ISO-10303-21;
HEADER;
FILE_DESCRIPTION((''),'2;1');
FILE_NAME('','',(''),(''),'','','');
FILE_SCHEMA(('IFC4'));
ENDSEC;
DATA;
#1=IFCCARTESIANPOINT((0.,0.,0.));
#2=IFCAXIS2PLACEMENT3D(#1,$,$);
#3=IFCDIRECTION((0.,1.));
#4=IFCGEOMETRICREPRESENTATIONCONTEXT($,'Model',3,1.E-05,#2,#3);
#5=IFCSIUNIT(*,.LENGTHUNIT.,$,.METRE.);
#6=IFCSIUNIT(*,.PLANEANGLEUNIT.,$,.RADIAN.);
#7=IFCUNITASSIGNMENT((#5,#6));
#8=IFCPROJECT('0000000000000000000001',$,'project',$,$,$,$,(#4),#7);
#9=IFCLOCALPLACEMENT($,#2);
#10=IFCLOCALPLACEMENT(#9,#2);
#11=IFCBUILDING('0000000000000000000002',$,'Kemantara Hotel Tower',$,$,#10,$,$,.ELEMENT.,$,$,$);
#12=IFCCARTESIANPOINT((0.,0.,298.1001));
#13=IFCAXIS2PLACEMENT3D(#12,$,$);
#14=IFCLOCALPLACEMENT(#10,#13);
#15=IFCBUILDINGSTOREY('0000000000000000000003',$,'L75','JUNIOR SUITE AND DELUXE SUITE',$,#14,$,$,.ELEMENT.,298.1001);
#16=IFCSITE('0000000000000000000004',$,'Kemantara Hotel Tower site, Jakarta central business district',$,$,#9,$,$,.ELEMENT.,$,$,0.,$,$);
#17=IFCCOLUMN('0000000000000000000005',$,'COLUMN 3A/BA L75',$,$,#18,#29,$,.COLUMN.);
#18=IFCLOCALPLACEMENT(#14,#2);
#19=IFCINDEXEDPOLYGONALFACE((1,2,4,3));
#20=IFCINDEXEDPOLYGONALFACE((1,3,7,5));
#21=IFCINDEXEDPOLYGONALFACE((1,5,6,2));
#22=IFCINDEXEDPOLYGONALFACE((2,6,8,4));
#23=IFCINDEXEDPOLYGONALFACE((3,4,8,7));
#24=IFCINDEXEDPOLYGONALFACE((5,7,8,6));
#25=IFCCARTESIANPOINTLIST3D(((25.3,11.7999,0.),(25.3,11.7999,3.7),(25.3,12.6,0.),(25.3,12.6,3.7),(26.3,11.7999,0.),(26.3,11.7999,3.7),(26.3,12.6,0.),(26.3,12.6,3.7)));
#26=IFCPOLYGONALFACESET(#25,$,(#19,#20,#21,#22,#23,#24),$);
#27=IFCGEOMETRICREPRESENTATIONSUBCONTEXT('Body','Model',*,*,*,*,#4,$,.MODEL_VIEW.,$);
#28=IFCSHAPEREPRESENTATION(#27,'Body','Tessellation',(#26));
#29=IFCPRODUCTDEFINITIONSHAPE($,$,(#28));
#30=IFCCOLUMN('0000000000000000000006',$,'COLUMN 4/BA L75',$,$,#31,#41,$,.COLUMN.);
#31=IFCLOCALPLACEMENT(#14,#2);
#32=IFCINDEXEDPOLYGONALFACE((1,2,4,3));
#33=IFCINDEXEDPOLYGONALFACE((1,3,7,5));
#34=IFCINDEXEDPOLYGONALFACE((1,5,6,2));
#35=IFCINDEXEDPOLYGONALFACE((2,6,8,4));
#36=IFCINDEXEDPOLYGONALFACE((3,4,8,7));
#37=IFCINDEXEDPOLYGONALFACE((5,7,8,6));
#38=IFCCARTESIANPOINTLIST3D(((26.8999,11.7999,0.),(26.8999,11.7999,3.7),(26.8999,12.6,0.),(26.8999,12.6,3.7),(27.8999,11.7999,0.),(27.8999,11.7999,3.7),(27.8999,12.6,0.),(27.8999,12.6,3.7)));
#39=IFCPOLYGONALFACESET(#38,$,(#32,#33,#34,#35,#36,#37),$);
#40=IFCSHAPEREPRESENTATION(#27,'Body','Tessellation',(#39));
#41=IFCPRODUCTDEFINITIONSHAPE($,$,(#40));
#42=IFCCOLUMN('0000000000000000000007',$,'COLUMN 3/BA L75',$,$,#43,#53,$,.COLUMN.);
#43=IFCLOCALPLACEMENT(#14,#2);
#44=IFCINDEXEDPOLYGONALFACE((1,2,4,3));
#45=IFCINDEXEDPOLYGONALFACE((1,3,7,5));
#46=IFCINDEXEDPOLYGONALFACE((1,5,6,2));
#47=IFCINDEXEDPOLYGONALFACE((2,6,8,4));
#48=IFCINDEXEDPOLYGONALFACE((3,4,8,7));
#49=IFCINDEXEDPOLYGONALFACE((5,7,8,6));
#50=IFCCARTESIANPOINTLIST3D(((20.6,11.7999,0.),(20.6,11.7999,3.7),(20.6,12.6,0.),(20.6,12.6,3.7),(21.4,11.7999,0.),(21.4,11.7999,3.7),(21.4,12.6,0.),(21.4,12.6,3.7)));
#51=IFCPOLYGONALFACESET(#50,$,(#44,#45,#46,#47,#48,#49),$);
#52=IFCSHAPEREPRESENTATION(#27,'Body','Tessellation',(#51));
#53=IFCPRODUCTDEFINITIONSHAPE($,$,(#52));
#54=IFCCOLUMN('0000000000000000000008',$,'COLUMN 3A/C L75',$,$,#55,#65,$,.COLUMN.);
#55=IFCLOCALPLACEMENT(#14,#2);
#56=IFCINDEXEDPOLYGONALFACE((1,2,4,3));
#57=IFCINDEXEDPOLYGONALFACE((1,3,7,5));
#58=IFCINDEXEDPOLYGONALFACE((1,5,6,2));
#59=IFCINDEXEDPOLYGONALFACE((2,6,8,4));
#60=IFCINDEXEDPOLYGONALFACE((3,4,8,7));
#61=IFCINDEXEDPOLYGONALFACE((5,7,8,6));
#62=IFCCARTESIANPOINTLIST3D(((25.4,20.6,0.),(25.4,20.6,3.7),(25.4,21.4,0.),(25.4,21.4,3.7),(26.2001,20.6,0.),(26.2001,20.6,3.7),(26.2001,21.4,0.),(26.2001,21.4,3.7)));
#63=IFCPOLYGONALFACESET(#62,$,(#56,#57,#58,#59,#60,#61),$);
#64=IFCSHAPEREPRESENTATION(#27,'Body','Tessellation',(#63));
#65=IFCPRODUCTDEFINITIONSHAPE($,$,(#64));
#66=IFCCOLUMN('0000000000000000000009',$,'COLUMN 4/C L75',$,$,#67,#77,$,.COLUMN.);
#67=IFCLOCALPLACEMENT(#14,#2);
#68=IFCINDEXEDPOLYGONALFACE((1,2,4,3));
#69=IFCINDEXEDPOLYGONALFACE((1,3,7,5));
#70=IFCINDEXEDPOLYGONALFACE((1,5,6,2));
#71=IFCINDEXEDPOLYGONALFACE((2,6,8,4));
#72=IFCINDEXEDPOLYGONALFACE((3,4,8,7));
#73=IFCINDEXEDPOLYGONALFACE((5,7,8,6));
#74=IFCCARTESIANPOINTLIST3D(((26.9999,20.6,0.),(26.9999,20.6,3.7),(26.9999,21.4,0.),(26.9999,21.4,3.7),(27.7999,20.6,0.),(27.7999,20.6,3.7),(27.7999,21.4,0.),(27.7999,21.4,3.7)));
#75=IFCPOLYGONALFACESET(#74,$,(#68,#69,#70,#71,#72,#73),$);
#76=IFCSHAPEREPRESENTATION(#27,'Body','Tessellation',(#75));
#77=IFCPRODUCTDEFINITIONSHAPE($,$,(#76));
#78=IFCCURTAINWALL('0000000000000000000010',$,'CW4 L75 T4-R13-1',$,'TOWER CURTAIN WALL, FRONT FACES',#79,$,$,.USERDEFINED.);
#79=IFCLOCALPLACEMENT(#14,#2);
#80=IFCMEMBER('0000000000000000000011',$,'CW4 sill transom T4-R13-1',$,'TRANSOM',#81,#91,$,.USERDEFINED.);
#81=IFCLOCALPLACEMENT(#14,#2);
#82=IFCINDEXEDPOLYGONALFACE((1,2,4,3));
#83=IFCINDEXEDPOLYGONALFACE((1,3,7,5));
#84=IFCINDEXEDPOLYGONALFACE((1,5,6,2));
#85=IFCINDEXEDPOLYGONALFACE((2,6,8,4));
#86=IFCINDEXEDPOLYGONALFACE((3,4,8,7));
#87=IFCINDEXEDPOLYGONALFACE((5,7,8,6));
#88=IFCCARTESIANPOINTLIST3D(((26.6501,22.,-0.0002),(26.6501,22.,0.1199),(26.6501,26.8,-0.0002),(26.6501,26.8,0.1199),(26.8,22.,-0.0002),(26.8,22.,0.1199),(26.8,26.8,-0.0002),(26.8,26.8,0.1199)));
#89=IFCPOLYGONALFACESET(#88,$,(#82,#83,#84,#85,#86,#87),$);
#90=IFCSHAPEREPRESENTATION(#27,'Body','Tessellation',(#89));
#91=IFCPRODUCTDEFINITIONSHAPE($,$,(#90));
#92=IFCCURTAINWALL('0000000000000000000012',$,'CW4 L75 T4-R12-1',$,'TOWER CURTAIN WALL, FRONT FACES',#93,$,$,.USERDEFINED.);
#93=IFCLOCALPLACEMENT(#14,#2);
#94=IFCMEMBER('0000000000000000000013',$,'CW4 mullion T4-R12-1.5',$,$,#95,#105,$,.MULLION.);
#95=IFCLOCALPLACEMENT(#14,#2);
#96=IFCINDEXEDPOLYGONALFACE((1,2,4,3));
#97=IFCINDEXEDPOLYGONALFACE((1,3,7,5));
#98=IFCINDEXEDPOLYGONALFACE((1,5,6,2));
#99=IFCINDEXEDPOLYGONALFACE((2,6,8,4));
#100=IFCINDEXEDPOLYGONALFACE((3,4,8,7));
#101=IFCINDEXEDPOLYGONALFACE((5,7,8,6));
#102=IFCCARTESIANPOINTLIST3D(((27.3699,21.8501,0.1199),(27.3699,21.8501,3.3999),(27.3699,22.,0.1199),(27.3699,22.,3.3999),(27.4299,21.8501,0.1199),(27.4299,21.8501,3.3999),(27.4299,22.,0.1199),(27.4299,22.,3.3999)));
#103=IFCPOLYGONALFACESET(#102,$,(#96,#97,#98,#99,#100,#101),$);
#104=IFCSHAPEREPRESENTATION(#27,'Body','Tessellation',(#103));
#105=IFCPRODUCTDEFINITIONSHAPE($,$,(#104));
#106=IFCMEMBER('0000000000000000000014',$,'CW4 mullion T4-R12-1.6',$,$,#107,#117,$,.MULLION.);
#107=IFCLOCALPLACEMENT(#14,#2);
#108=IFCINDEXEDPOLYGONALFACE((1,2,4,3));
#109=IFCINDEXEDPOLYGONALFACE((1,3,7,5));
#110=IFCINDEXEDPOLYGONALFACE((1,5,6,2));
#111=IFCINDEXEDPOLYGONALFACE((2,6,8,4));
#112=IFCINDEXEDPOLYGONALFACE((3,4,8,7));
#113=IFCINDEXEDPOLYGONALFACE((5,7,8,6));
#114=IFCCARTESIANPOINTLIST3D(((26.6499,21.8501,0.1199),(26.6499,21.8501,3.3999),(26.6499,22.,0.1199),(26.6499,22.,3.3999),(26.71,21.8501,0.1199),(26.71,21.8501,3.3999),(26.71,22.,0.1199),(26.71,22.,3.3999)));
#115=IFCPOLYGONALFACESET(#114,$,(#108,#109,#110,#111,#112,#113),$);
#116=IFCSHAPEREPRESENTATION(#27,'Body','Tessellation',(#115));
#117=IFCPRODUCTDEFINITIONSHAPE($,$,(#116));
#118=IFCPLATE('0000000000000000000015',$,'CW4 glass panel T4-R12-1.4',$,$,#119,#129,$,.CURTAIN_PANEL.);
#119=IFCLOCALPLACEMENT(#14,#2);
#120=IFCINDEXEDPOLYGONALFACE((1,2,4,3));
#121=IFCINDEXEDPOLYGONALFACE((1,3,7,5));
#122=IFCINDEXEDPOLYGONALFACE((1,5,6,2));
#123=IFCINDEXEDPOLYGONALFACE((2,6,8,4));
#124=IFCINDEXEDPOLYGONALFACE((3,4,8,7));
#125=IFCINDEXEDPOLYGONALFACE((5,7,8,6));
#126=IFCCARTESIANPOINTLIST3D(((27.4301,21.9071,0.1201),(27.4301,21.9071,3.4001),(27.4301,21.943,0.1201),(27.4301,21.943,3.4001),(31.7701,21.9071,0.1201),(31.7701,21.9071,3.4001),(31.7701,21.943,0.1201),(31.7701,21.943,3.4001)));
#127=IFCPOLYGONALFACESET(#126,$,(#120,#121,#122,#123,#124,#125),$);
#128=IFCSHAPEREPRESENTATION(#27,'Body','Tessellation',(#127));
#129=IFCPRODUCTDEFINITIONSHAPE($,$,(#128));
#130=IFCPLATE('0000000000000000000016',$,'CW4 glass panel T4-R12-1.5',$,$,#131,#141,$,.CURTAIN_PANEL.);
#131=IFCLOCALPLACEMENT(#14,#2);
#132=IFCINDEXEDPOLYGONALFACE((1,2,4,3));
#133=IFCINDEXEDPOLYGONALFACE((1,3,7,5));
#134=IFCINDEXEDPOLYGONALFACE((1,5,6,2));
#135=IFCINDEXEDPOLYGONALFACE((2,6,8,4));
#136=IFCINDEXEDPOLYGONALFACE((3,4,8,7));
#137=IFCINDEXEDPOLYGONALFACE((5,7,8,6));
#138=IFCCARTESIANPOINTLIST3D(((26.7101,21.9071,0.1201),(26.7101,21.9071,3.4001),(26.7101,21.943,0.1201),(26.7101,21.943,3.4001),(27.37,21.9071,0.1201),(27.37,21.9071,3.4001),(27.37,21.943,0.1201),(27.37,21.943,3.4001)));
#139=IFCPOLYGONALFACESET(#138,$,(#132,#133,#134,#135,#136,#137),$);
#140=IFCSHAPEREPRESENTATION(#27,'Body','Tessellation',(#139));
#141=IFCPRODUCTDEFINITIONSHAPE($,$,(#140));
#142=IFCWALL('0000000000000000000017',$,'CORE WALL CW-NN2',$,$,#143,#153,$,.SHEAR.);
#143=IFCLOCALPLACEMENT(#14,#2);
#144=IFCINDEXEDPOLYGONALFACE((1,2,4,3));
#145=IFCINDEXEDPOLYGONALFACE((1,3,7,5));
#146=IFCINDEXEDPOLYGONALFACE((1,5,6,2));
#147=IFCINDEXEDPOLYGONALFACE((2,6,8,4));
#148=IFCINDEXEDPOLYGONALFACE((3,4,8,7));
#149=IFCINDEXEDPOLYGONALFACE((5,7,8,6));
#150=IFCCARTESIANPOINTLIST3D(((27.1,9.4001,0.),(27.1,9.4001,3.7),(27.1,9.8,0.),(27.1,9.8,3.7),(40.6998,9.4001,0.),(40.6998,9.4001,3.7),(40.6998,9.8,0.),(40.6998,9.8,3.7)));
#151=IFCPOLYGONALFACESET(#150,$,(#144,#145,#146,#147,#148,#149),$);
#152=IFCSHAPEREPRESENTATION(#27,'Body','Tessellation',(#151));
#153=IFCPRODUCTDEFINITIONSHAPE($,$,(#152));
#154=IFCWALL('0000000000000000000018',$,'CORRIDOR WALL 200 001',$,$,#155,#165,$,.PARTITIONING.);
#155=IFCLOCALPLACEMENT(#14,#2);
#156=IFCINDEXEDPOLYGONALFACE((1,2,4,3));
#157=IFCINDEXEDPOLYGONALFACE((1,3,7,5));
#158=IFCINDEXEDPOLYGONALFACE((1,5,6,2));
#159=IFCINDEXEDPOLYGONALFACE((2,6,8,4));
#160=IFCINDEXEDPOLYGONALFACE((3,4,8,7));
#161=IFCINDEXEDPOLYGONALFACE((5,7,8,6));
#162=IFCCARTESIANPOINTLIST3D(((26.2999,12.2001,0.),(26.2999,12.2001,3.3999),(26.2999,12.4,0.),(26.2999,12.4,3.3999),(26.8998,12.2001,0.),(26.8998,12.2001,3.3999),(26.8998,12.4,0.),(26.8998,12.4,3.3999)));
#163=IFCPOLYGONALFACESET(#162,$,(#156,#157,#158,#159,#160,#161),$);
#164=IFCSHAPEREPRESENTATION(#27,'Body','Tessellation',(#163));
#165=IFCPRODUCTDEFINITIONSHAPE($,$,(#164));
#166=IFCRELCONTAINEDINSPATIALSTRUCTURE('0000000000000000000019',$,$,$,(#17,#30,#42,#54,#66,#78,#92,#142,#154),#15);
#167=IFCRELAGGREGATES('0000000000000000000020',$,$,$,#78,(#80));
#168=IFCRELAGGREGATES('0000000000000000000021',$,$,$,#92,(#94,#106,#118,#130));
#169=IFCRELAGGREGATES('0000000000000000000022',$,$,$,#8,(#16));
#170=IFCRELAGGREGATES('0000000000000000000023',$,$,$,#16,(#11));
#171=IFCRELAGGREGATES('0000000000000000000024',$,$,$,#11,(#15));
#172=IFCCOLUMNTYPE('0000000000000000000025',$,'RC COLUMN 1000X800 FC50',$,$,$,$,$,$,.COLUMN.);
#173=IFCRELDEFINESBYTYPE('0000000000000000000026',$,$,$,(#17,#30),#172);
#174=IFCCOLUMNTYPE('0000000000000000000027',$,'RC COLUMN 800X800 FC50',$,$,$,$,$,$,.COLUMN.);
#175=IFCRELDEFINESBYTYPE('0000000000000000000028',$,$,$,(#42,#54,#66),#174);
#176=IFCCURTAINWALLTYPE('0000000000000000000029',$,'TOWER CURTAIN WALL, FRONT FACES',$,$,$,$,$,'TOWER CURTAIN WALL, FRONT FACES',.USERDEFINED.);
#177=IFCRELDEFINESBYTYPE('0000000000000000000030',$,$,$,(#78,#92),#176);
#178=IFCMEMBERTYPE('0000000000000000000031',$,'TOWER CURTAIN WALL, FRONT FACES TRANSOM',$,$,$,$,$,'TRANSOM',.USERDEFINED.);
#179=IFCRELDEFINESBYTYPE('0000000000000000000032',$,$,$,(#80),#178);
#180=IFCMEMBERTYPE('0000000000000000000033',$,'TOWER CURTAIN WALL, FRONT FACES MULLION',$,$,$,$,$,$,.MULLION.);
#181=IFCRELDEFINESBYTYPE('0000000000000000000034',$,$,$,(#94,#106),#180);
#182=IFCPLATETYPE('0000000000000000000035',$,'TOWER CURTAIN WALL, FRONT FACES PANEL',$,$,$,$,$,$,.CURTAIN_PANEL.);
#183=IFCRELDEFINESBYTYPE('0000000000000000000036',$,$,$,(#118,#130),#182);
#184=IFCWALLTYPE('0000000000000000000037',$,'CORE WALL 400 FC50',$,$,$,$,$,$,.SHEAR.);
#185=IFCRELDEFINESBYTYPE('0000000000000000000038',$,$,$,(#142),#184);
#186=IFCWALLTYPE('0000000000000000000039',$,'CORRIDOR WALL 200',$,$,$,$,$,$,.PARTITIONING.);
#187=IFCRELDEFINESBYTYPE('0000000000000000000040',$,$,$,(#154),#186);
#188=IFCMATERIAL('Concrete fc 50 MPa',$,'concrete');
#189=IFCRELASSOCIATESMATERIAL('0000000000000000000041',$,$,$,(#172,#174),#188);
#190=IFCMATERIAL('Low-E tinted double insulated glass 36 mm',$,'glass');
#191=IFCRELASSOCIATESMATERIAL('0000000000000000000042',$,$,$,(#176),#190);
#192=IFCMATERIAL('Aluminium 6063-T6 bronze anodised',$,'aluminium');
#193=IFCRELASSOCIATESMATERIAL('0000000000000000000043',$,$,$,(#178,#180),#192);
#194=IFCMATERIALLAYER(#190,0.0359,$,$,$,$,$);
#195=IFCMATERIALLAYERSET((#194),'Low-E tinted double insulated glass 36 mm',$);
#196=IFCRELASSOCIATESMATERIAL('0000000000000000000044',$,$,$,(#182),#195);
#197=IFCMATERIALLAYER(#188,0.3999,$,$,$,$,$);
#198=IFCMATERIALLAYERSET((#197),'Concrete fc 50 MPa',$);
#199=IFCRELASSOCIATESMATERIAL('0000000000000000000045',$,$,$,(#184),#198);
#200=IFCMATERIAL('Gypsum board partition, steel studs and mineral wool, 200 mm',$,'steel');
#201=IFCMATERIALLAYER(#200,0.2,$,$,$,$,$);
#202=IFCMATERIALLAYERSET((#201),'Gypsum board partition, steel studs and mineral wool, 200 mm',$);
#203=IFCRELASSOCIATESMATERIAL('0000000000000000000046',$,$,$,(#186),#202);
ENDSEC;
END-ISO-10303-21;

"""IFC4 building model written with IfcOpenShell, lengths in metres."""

from ifc_helpers import new_model, si_unit, direction, frame, frame_2d, origin, origin_2d, place, context, subcontext, project, spatial, rectangle, extrude, source, transform, mapped, material, layer, layer_set, material_profile, profile_set, type_object, element, aggregate, save


model = new_model("IFC4")

# Units and contexts
model_context = context("Model", 3, precision=1e-05, world=origin(), true_north=direction((0.0, 1.0)))
body_context = subcontext(model_context, "Body", "Model", "MODEL_VIEW")
ifc_project = project(units=[si_unit("LENGTHUNIT", "METRE"), si_unit("PLANEANGLEUNIT", "RADIAN")], contexts=[model_context])

# Site, building, storey
site_placement = place(None, origin())
site = spatial("IfcSite", under=ifc_project, at=site_placement, Name="Kemantara Hotel Tower site, Jakarta central business district", CompositionType="ELEMENT", RefElevation=0.0)
building_placement = place(site_placement, origin())
building = spatial("IfcBuilding", under=site, at=building_placement, Name="Kemantara Hotel Tower", CompositionType="ELEMENT")
storey_placement = place(building_placement, frame((0.0, 0.0, 298.1001)))
storey = spatial("IfcBuildingStorey", under=building, at=storey_placement, Name="L75", Description="JUNIOR SUITE AND DELUXE SUITE", CompositionType="ELEMENT", Elevation=298.1001)

# Columns
ifc_material_1 = material(Name="Concrete fc 50 MPa", Category="concrete")
ifc_material_profile_1 = material_profile(ifc_material_1, rectangle(XDim=1.0, YDim=0.8, at=origin_2d()), Name="RC 1000X800")
ifc_profile_set_1 = profile_set([ifc_material_profile_1], Name="Concrete fc 50 MPa")
column_type_1 = type_object("IfcColumnType", Name="RC COLUMN 1000X800 FC50", PredefinedType="COLUMN", material=ifc_profile_set_1)
for number, where, z_axis, x_axis, name in (
    (1, (25.8, 12.2, 0.0), (0.0, 0.0, 1.0), (1.0, 0.0, 0.0), "COLUMN 3A/BA L75"),
    (2, (27.3999, 12.2, 0.0), (0.0, 0.0, 1.0), (1.0, 0.0, 0.0), "COLUMN 4/BA L75"),
):
    element("IfcColumn", number, at=place(storey_placement, frame(where, z_axis=z_axis, x_axis=x_axis)), inside=storey, type_object=column_type_1, Name=name, PredefinedType="COLUMN", context=body_context, shape_type="SweptSolid", body=[
        extrude(rectangle(XDim=1.0, YDim=0.8, at=origin_2d()), origin(), (0.0, 0.0, 1.0), 3.7),
    ])
ifc_material_profile_2 = material_profile(ifc_material_1, rectangle(XDim=0.8, YDim=0.8, at=origin_2d()), Name="RC 800X800")
ifc_profile_set_2 = profile_set([ifc_material_profile_2], Name="Concrete fc 50 MPa")
column_type_2 = type_object("IfcColumnType", Name="RC COLUMN 800X800 FC50", PredefinedType="COLUMN", material=ifc_profile_set_2)
for number, where, z_axis, x_axis, name in (
    (3, (21.0, 12.2, 0.0), (0.0, 0.0, 1.0), (1.0, 0.0, 0.0), "COLUMN 3/BA L75"),
    (4, (25.8, 21.0, 0.0), (0.0, 0.0, 1.0), (1.0, 0.0, 0.0), "COLUMN 3A/C L75"),
    (5, (27.3999, 21.0, 0.0), (0.0, 0.0, 1.0), (1.0, 0.0, 0.0), "COLUMN 4/C L75"),
):
    element("IfcColumn", number, at=place(storey_placement, frame(where, z_axis=z_axis, x_axis=x_axis)), inside=storey, type_object=column_type_2, Name=name, PredefinedType="COLUMN", context=body_context, shape_type="SweptSolid", body=[
        extrude(rectangle(XDim=0.8, YDim=0.8, at=origin_2d()), origin(), (0.0, 0.0, 1.0), 3.7),
    ])

# Curtain wall, member
ifc_material_2 = material(Name="Low-E tinted double insulated glass 36 mm", Category="glass")
curtain_wall_type = type_object("IfcCurtainWallType", Name="TOWER CURTAIN WALL, FRONT FACES", ElementType="TOWER CURTAIN WALL, FRONT FACES", PredefinedType="USERDEFINED", material=ifc_material_2)
curtain_wall_1_placement = place(storey_placement, origin())
curtain_wall_1 = element("IfcCurtainWall", 6, at=curtain_wall_1_placement, inside=storey, type_object=curtain_wall_type, Name="CW4 L75 T4-R13-1", ObjectType="TOWER CURTAIN WALL, FRONT FACES", PredefinedType="USERDEFINED")
ifc_material_3 = material(Name="Aluminium 6063-T6 bronze anodised", Category="aluminium")
ifc_material_profile_3 = material_profile(ifc_material_3, rectangle(XDim=0.1499, YDim=0.1201, at=origin_2d()), Name="TOWER CURTAIN WALL, FRONT FACES TRANSOM")
ifc_profile_set_3 = profile_set([ifc_material_profile_3], Name="Aluminium 6063-T6 bronze anodised")
member_type_1 = type_object("IfcMemberType", Name="TOWER CURTAIN WALL, FRONT FACES TRANSOM", ElementType="TRANSOM", PredefinedType="USERDEFINED", material=ifc_profile_set_3)
member_1_placement = place(storey_placement, frame((26.7251, 22.0, 0.0598), z_axis=(0.0, 1.0, 0.0), x_axis=(-1.0, 0.0, 0.0)))
member_1 = element("IfcMember", 7, at=member_1_placement, type_object=member_type_1, Name="CW4 sill transom T4-R13-1", ObjectType="TRANSOM", PredefinedType="USERDEFINED", context=body_context, shape_type="SweptSolid", body=[
    extrude(rectangle(XDim=0.1499, YDim=0.1201, at=origin_2d()), origin(), (0.0, 0.0, 1.0), 4.8),
])
aggregate(curtain_wall_1, [member_1])

# Curtain wall, members, plates
curtain_wall_2_placement = place(storey_placement, origin())
curtain_wall_2 = element("IfcCurtainWall", 8, at=curtain_wall_2_placement, inside=storey, type_object=curtain_wall_type, Name="CW4 L75 T4-R12-1", ObjectType="TOWER CURTAIN WALL, FRONT FACES", PredefinedType="USERDEFINED")
ifc_material_profile_4 = material_profile(ifc_material_3, rectangle(XDim=0.1499, YDim=0.0601, at=origin_2d()), Name="TOWER CURTAIN WALL, FRONT FACES MULLION")
ifc_profile_set_4 = profile_set([ifc_material_profile_4], Name="Aluminium 6063-T6 bronze anodised")
member_type_2 = type_object("IfcMemberType", Name="TOWER CURTAIN WALL, FRONT FACES MULLION", PredefinedType="MULLION", material=ifc_profile_set_4)
shared_shape_1 = source(origin(), body_context, "Body", "SweptSolid", [
    extrude(rectangle(XDim=0.1499, YDim=0.0601, at=origin_2d()), origin(), (0.0, 0.0, 1.0), 3.28),
])
member_2_placement = place(storey_placement, frame((27.3999, 21.925, 0.1199), z_axis=(0.0, 0.0, 1.0), x_axis=(0.0, -1.0, 0.0)))
member_2 = element("IfcMember", 9, at=member_2_placement, type_object=member_type_2, Name="CW4 mullion T4-R12-1.5", PredefinedType="MULLION", context=body_context, shape_type="MappedRepresentation", body=[
    mapped(shared_shape_1, transform((0.0, 0.0, 0.0))),
])
member_3_placement = place(storey_placement, frame((26.6799, 21.925, 0.1199), z_axis=(0.0, 0.0, 1.0), x_axis=(0.0, -1.0, 0.0)))
member_3 = element("IfcMember", 10, at=member_3_placement, type_object=member_type_2, Name="CW4 mullion T4-R12-1.6", PredefinedType="MULLION", context=body_context, shape_type="MappedRepresentation", body=[
    mapped(shared_shape_1, transform((0.0, 0.0, 0.0))),
])
ifc_layer_1 = layer(ifc_material_2, 0.0359)
ifc_layer_set_1 = layer_set([ifc_layer_1], Name="Low-E tinted double insulated glass 36 mm")
plate_type = type_object("IfcPlateType", Name="TOWER CURTAIN WALL, FRONT FACES PANEL", PredefinedType="CURTAIN_PANEL", material=ifc_layer_set_1)
shared_shape_2 = source(origin(), body_context, "Body", "SweptSolid", [
    extrude(rectangle(XDim=4.3401, YDim=0.0359, at=origin_2d()), origin(), (0.0, 0.0, 1.0), 3.28),
])
plate_1_placement = place(storey_placement, frame((29.6001, 21.925, 0.1201), z_axis=(0.0, 0.0, 1.0), x_axis=(-1.0, 0.0, 0.0)))
plate_1 = element("IfcPlate", 11, at=plate_1_placement, type_object=plate_type, Name="CW4 glass panel T4-R12-1.4", PredefinedType="CURTAIN_PANEL", context=body_context, shape_type="MappedRepresentation", body=[
    mapped(shared_shape_2, transform((0.0, 0.0, 0.0))),
])
shared_shape_3 = source(origin(), body_context, "Body", "SweptSolid", [
    extrude(rectangle(XDim=0.6599, YDim=0.0359, at=origin_2d()), origin(), (0.0, 0.0, 1.0), 3.28),
])
plate_2_placement = place(storey_placement, frame((27.04, 21.925, 0.1201), z_axis=(0.0, 0.0, 1.0), x_axis=(-1.0, 0.0, 0.0)))
plate_2 = element("IfcPlate", 12, at=plate_2_placement, type_object=plate_type, Name="CW4 glass panel T4-R12-1.5", PredefinedType="CURTAIN_PANEL", context=body_context, shape_type="MappedRepresentation", body=[
    mapped(shared_shape_3, transform((0.0, 0.0, 0.0))),
])
aggregate(curtain_wall_2, [member_2, member_3, plate_1, plate_2])

# Walls
ifc_layer_2 = layer(ifc_material_1, 0.3999)
ifc_layer_set_2 = layer_set([ifc_layer_2], Name="Concrete fc 50 MPa")
wall_type_1 = type_object("IfcWallType", Name="CORE WALL 400 FC50", PredefinedType="SHEAR", material=ifc_layer_set_2)
wall_1_placement = place(storey_placement, frame((27.1001, 9.6001, 0.0), z_axis=(0.0, 0.0, 1.0), x_axis=(1.0, 0.0, 0.0)))
element("IfcWall", 13, at=wall_1_placement, inside=storey, type_object=wall_type_1, Name="CORE WALL CW-NN2", PredefinedType="SHEAR", context=body_context, shape_type="SweptSolid", body=[
    extrude(rectangle(XDim=13.5999, YDim=0.3999, at=frame_2d((6.7998, 0.0))), origin(), (0.0, 0.0, 1.0), 3.7),
])
ifc_material_4 = material(Name="Gypsum board partition, steel studs and mineral wool, 200 mm", Category="steel")
ifc_layer_3 = layer(ifc_material_4, 0.2)
ifc_layer_set_3 = layer_set([ifc_layer_3], Name="Gypsum board partition, steel studs and mineral wool, 200 mm")
wall_type_2 = type_object("IfcWallType", Name="CORRIDOR WALL 200", PredefinedType="PARTITIONING", material=ifc_layer_set_3)
wall_2_placement = place(storey_placement, frame((26.3, 12.3, 0.0), z_axis=(0.0, 0.0, 1.0), x_axis=(1.0, 0.0, 0.0)))
element("IfcWall", 14, at=wall_2_placement, inside=storey, type_object=wall_type_2, Name="CORRIDOR WALL 200 001", PredefinedType="PARTITIONING", context=body_context, shape_type="SweptSolid", body=[
    extrude(rectangle(XDim=0.5999, YDim=0.2, at=frame_2d((0.2998, 0.0))), origin(), (0.0, 0.0, 1.0), 3.3999),
])

save(model, "model.ifc")
